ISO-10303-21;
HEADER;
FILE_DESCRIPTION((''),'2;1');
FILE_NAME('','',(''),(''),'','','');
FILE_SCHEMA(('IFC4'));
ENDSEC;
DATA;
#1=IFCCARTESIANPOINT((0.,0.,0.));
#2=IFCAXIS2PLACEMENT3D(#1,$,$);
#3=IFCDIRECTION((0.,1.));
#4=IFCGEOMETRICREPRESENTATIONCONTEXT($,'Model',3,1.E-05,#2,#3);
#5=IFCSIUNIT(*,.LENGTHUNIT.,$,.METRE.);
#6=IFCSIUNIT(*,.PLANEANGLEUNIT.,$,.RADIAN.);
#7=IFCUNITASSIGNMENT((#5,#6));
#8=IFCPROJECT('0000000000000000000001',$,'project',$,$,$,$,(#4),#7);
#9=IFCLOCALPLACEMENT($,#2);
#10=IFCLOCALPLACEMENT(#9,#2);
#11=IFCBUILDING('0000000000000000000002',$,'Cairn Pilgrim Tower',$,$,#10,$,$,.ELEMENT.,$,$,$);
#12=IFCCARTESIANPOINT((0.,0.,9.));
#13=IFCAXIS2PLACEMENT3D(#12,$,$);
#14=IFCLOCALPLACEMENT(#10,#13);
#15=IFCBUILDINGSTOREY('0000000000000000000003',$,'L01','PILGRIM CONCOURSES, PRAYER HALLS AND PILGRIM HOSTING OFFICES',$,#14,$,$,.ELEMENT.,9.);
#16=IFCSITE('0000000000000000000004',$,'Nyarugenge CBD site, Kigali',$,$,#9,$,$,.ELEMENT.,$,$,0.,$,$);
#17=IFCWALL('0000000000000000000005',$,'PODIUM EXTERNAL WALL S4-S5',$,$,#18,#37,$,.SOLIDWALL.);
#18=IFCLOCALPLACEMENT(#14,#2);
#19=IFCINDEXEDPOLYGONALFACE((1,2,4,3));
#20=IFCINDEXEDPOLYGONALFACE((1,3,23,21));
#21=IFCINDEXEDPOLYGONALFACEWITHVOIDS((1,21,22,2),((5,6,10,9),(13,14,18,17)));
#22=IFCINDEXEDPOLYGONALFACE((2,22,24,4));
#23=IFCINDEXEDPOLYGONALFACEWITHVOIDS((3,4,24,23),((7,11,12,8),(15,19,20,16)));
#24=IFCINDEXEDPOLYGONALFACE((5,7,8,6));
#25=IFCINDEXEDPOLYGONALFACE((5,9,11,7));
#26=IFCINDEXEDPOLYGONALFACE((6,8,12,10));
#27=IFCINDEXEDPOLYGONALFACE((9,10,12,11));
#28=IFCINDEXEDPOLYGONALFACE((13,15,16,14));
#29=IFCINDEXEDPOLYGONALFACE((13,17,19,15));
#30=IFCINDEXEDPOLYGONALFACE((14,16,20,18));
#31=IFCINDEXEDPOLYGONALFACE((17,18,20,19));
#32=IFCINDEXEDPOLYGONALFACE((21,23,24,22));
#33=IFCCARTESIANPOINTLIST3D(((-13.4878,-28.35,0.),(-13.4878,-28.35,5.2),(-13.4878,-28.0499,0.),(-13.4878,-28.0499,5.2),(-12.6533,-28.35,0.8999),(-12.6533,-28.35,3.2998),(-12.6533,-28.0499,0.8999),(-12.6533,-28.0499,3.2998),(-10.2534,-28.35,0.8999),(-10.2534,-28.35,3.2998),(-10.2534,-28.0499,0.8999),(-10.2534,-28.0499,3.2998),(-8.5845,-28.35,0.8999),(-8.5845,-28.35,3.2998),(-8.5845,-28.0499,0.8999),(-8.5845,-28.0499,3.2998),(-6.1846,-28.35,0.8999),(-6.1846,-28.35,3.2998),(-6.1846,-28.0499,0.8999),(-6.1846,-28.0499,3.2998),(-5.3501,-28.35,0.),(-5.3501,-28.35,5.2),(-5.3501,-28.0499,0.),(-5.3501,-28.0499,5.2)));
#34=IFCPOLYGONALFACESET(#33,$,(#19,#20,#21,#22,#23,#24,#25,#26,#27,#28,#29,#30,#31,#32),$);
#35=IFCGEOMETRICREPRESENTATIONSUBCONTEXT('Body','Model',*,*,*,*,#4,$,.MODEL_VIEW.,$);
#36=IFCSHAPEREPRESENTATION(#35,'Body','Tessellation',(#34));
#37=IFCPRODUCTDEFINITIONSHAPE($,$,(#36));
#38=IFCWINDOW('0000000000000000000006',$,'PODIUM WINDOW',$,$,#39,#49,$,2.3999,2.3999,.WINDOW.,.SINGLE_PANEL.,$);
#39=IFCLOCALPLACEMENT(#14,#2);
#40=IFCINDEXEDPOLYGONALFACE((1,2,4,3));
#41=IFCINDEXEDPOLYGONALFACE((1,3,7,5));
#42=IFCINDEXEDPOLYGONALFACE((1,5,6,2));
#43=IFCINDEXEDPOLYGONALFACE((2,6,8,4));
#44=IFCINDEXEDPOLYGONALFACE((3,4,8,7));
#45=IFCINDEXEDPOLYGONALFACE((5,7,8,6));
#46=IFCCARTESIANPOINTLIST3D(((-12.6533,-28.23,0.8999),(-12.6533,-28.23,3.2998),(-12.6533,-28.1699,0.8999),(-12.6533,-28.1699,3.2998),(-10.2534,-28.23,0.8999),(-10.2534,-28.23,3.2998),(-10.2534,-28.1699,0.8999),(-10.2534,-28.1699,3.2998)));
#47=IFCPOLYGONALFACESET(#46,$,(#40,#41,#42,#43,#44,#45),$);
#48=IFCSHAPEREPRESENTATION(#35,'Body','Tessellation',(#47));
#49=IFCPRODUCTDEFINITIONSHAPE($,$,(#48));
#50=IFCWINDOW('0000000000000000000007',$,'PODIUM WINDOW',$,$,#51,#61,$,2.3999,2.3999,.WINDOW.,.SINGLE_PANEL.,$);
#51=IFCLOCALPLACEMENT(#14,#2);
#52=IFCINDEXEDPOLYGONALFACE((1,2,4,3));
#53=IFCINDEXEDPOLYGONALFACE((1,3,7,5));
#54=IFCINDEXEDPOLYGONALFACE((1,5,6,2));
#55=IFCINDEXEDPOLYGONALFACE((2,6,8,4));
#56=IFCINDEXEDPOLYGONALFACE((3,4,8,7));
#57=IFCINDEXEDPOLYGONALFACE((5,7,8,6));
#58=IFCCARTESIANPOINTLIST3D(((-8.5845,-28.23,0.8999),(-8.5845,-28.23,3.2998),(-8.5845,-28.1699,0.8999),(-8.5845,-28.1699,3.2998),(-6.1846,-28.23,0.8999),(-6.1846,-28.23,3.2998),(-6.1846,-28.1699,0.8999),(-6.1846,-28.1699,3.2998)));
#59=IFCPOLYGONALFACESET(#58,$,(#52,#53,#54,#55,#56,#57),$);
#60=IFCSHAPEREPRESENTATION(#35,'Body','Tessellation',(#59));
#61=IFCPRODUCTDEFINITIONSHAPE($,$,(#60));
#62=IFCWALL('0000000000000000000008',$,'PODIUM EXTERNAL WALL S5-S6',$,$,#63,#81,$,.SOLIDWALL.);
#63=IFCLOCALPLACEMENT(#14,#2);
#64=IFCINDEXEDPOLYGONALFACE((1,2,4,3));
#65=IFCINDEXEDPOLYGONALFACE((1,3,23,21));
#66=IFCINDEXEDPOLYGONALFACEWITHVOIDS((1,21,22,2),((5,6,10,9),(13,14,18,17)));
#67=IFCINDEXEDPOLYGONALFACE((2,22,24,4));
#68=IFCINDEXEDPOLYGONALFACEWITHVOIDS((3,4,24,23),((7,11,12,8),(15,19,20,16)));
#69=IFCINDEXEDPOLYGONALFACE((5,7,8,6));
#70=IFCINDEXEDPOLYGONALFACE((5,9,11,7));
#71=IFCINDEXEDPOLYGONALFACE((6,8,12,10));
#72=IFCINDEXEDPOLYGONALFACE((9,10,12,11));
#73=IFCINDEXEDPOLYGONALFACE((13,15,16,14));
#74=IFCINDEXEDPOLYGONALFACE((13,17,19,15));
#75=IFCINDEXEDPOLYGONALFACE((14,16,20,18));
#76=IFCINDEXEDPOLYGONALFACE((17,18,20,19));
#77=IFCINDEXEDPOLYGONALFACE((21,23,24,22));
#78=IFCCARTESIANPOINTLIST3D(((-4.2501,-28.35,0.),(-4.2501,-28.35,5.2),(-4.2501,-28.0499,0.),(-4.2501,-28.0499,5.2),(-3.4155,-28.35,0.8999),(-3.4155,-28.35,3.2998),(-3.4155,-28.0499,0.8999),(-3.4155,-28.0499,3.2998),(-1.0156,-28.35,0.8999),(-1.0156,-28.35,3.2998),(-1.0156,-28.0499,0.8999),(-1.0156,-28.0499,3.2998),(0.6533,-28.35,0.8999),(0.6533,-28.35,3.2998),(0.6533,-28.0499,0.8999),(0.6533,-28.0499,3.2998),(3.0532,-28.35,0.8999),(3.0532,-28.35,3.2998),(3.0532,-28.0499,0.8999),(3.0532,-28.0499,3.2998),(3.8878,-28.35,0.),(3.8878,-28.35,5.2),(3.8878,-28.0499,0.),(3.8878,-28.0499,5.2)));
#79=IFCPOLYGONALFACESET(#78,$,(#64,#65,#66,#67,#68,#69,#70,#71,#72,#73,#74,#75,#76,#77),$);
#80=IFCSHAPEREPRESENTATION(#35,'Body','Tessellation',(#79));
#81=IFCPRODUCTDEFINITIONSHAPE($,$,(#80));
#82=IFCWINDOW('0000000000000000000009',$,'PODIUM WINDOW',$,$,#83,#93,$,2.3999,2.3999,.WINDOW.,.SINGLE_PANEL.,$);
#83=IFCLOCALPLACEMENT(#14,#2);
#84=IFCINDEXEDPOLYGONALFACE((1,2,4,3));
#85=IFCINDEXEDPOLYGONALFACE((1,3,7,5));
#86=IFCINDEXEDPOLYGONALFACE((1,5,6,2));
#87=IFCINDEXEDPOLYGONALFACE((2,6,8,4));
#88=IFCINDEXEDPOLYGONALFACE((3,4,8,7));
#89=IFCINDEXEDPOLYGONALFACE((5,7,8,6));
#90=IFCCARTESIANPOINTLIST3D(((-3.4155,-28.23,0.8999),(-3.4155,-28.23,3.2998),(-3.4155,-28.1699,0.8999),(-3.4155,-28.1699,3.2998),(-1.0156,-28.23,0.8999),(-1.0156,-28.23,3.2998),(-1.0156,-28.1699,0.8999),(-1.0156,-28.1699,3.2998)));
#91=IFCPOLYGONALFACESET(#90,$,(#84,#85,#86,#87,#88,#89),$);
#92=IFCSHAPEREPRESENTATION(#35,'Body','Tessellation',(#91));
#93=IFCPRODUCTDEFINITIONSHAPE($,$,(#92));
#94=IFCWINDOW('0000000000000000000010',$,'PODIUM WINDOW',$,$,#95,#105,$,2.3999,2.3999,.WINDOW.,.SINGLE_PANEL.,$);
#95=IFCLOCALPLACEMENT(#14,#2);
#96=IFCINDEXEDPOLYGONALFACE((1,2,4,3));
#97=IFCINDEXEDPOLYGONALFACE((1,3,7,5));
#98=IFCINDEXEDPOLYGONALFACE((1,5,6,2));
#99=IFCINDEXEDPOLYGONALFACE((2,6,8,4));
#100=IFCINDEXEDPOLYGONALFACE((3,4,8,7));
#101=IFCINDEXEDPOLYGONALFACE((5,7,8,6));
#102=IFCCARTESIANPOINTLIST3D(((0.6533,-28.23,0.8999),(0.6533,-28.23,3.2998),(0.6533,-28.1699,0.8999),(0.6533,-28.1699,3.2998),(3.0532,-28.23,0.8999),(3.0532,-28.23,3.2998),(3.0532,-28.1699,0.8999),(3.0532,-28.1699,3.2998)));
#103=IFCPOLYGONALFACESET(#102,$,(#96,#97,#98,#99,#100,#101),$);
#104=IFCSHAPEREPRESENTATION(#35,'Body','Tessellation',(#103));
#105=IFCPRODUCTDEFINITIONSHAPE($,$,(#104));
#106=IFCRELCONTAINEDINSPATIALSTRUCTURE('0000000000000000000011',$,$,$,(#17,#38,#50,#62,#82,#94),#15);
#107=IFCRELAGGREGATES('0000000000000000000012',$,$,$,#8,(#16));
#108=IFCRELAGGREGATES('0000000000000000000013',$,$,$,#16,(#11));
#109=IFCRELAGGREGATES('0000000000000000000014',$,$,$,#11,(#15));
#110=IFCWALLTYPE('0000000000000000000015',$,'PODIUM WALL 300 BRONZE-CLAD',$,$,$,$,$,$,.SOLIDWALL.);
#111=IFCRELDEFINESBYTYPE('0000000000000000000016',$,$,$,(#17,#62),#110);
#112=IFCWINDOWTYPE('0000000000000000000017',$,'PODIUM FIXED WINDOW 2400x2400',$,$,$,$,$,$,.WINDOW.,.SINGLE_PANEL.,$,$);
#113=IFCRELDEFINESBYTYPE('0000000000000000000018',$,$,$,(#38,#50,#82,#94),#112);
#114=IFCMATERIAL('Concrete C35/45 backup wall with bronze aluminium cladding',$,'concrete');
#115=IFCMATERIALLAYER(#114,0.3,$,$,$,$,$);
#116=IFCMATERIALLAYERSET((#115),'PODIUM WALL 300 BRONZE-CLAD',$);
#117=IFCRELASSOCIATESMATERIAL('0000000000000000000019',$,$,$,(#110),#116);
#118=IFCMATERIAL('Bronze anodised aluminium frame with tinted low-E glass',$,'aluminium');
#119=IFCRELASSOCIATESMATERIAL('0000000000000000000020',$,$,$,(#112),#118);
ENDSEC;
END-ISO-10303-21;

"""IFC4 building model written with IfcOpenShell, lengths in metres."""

from ifc_helpers import new_model, si_unit, direction, frame, frame_2d, origin, place, context, subcontext, project, spatial, rectangle, extrude, material, layer, layer_set, type_object, element, fill, save


model = new_model("IFC4")

# Units and contexts
model_context = context("Model", 3, precision=1e-05, world=origin(), true_north=direction((0.0, 1.0)))
body_context = subcontext(model_context, "Body", "Model", "MODEL_VIEW")
ifc_project = project(units=[si_unit("LENGTHUNIT", "METRE"), si_unit("PLANEANGLEUNIT", "RADIAN")], contexts=[model_context])

# Site, building, storey
site_placement = place(None, origin())
site = spatial("IfcSite", under=ifc_project, at=site_placement, Name="Nyarugenge CBD site, Kigali", CompositionType="ELEMENT", RefElevation=0.0)
building_placement = place(site_placement, origin())
building = spatial("IfcBuilding", under=site, at=building_placement, Name="Cairn Pilgrim Tower", CompositionType="ELEMENT")
storey_placement = place(building_placement, frame((0.0, 0.0, 9.0)))
storey = spatial("IfcBuildingStorey", under=building, at=storey_placement, Name="L01", Description="PILGRIM CONCOURSES, PRAYER HALLS AND PILGRIM HOSTING OFFICES", CompositionType="ELEMENT", Elevation=9.0)

# Walls, openings, windows
ifc_material_1 = material(Name="Concrete C35/45 backup wall with bronze aluminium cladding", Category="concrete")
ifc_layer_1 = layer(ifc_material_1, 0.3)
ifc_layer_set_1 = layer_set([ifc_layer_1], Name="PODIUM WALL 300 BRONZE-CLAD")
wall_type_1 = type_object("IfcWallType", Name="PODIUM WALL 300 BRONZE-CLAD", PredefinedType="SOLIDWALL", material=ifc_layer_set_1)
wall_1_placement = place(storey_placement, frame((-13.4878, -28.2, 0.0), z_axis=(0.0, 0.0, 1.0), x_axis=(1.0, 0.0, 0.0)))
wall_1 = element("IfcWall", 1, at=wall_1_placement, inside=storey, type_object=wall_type_1, Name="PODIUM EXTERNAL WALL S4-S5", PredefinedType="SOLIDWALL", context=body_context, shape_type="SweptSolid", body=[
    extrude(rectangle(XDim=8.1377, YDim=0.3, at=frame_2d((4.0688, 0.0))), origin(), (0.0, 0.0, 1.0), 5.2),
])
opening_1_placement = place(wall_1_placement, frame((0.8345, 0.0, 0.8999)))
opening_1 = element("IfcOpeningElement", 2, at=opening_1_placement, cuts=wall_1, PredefinedType="OPENING", context=body_context, shape_type="SweptSolid", body=[
    extrude(rectangle(XDim=2.3999, YDim=2.3999, at=frame_2d((1.2, 1.2))), frame((0.0, 0.1602, 0.0), z_axis=(0.0, -1.0, 0.0), x_axis=(1.0, 0.0, 0.0)), (0.0, 0.0, 1.0), 0.3201),
])
opening_2_placement = place(wall_1_placement, frame((4.9033, 0.0, 0.8999)))
opening_2 = element("IfcOpeningElement", 3, at=opening_2_placement, cuts=wall_1, PredefinedType="OPENING", context=body_context, shape_type="SweptSolid", body=[
    extrude(rectangle(XDim=2.3999, YDim=2.3999, at=frame_2d((1.2, 1.2))), frame((0.0, 0.1602, 0.0), z_axis=(0.0, -1.0, 0.0), x_axis=(1.0, 0.0, 0.0)), (0.0, 0.0, 1.0), 0.3201),
])
ifc_material_2 = material(Name="Bronze anodised aluminium frame with tinted low-E glass", Category="aluminium")
window_type = type_object("IfcWindowType", Name="PODIUM FIXED WINDOW 2400x2400", PartitioningType="SINGLE_PANEL", PredefinedType="WINDOW", material=ifc_material_2)
window_1_placement = place(opening_1_placement, origin())
window_1 = element("IfcWindow", 4, at=window_1_placement, inside=storey, type_object=window_type, Name="PODIUM WINDOW", OverallHeight=2.3999, OverallWidth=2.3999, PartitioningType="SINGLE_PANEL", PredefinedType="WINDOW", context=body_context, shape_type="SweptSolid", body=[
    extrude(rectangle(XDim=2.3999, YDim=2.3999, at=frame_2d((1.2, 1.2))), frame((0.0, 0.03, 0.0), z_axis=(0.0, -1.0, 0.0), x_axis=(1.0, 0.0, 0.0)), (0.0, 0.0, 1.0), 0.0601),
])
fill(opening_1, window_1)
window_2_placement = place(opening_2_placement, origin())
window_2 = element("IfcWindow", 5, at=window_2_placement, inside=storey, type_object=window_type, Name="PODIUM WINDOW", OverallHeight=2.3999, OverallWidth=2.3999, PartitioningType="SINGLE_PANEL", PredefinedType="WINDOW", context=body_context, shape_type="SweptSolid", body=[
    extrude(rectangle(XDim=2.3999, YDim=2.3999, at=frame_2d((1.2, 1.2))), frame((0.0, 0.03, 0.0), z_axis=(0.0, -1.0, 0.0), x_axis=(1.0, 0.0, 0.0)), (0.0, 0.0, 1.0), 0.0601),
])
fill(opening_2, window_2)
wall_2_placement = place(storey_placement, frame((-4.25, -28.2, 0.0), z_axis=(0.0, 0.0, 1.0), x_axis=(1.0, 0.0, 0.0)))
wall_2 = element("IfcWall", 6, at=wall_2_placement, inside=storey, type_object=wall_type_1, Name="PODIUM EXTERNAL WALL S5-S6", PredefinedType="SOLIDWALL", context=body_context, shape_type="SweptSolid", body=[
    extrude(rectangle(XDim=8.1379, YDim=0.3, at=frame_2d((4.0688, 0.0))), origin(), (0.0, 0.0, 1.0), 5.2),
])
opening_3_placement = place(wall_2_placement, frame((0.8345, 0.0, 0.8999)))
opening_3 = element("IfcOpeningElement", 7, at=opening_3_placement, cuts=wall_2, PredefinedType="OPENING", context=body_context, shape_type="SweptSolid", body=[
    extrude(rectangle(XDim=2.3999, YDim=2.3999, at=frame_2d((1.2, 1.2))), frame((0.0, 0.1602, 0.0), z_axis=(0.0, -1.0, 0.0), x_axis=(1.0, 0.0, 0.0)), (0.0, 0.0, 1.0), 0.3201),
])
opening_4_placement = place(wall_2_placement, frame((4.9033, 0.0, 0.8999)))
opening_4 = element("IfcOpeningElement", 8, at=opening_4_placement, cuts=wall_2, PredefinedType="OPENING", context=body_context, shape_type="SweptSolid", body=[
    extrude(rectangle(XDim=2.3999, YDim=2.3999, at=frame_2d((1.2, 1.2))), frame((0.0, 0.1602, 0.0), z_axis=(0.0, -1.0, 0.0), x_axis=(1.0, 0.0, 0.0)), (0.0, 0.0, 1.0), 0.3201),
])
window_3_placement = place(opening_3_placement, origin())
window_3 = element("IfcWindow", 9, at=window_3_placement, inside=storey, type_object=window_type, Name="PODIUM WINDOW", OverallHeight=2.3999, OverallWidth=2.3999, PartitioningType="SINGLE_PANEL", PredefinedType="WINDOW", context=body_context, shape_type="SweptSolid", body=[
    extrude(rectangle(XDim=2.3999, YDim=2.3999, at=frame_2d((1.2, 1.2))), frame((0.0, 0.03, 0.0), z_axis=(0.0, -1.0, 0.0), x_axis=(1.0, 0.0, 0.0)), (0.0, 0.0, 1.0), 0.0601),
])
fill(opening_3, window_3)
window_4_placement = place(opening_4_placement, origin())
window_4 = element("IfcWindow", 10, at=window_4_placement, inside=storey, type_object=window_type, Name="PODIUM WINDOW", OverallHeight=2.3999, OverallWidth=2.3999, PartitioningType="SINGLE_PANEL", PredefinedType="WINDOW", context=body_context, shape_type="SweptSolid", body=[
    extrude(rectangle(XDim=2.3999, YDim=2.3999, at=frame_2d((1.2, 1.2))), frame((0.0, 0.03, 0.0), z_axis=(0.0, -1.0, 0.0), x_axis=(1.0, 0.0, 0.0)), (0.0, 0.0, 1.0), 0.0601),
])
fill(opening_4, window_4)

save(model, "model.ifc")
